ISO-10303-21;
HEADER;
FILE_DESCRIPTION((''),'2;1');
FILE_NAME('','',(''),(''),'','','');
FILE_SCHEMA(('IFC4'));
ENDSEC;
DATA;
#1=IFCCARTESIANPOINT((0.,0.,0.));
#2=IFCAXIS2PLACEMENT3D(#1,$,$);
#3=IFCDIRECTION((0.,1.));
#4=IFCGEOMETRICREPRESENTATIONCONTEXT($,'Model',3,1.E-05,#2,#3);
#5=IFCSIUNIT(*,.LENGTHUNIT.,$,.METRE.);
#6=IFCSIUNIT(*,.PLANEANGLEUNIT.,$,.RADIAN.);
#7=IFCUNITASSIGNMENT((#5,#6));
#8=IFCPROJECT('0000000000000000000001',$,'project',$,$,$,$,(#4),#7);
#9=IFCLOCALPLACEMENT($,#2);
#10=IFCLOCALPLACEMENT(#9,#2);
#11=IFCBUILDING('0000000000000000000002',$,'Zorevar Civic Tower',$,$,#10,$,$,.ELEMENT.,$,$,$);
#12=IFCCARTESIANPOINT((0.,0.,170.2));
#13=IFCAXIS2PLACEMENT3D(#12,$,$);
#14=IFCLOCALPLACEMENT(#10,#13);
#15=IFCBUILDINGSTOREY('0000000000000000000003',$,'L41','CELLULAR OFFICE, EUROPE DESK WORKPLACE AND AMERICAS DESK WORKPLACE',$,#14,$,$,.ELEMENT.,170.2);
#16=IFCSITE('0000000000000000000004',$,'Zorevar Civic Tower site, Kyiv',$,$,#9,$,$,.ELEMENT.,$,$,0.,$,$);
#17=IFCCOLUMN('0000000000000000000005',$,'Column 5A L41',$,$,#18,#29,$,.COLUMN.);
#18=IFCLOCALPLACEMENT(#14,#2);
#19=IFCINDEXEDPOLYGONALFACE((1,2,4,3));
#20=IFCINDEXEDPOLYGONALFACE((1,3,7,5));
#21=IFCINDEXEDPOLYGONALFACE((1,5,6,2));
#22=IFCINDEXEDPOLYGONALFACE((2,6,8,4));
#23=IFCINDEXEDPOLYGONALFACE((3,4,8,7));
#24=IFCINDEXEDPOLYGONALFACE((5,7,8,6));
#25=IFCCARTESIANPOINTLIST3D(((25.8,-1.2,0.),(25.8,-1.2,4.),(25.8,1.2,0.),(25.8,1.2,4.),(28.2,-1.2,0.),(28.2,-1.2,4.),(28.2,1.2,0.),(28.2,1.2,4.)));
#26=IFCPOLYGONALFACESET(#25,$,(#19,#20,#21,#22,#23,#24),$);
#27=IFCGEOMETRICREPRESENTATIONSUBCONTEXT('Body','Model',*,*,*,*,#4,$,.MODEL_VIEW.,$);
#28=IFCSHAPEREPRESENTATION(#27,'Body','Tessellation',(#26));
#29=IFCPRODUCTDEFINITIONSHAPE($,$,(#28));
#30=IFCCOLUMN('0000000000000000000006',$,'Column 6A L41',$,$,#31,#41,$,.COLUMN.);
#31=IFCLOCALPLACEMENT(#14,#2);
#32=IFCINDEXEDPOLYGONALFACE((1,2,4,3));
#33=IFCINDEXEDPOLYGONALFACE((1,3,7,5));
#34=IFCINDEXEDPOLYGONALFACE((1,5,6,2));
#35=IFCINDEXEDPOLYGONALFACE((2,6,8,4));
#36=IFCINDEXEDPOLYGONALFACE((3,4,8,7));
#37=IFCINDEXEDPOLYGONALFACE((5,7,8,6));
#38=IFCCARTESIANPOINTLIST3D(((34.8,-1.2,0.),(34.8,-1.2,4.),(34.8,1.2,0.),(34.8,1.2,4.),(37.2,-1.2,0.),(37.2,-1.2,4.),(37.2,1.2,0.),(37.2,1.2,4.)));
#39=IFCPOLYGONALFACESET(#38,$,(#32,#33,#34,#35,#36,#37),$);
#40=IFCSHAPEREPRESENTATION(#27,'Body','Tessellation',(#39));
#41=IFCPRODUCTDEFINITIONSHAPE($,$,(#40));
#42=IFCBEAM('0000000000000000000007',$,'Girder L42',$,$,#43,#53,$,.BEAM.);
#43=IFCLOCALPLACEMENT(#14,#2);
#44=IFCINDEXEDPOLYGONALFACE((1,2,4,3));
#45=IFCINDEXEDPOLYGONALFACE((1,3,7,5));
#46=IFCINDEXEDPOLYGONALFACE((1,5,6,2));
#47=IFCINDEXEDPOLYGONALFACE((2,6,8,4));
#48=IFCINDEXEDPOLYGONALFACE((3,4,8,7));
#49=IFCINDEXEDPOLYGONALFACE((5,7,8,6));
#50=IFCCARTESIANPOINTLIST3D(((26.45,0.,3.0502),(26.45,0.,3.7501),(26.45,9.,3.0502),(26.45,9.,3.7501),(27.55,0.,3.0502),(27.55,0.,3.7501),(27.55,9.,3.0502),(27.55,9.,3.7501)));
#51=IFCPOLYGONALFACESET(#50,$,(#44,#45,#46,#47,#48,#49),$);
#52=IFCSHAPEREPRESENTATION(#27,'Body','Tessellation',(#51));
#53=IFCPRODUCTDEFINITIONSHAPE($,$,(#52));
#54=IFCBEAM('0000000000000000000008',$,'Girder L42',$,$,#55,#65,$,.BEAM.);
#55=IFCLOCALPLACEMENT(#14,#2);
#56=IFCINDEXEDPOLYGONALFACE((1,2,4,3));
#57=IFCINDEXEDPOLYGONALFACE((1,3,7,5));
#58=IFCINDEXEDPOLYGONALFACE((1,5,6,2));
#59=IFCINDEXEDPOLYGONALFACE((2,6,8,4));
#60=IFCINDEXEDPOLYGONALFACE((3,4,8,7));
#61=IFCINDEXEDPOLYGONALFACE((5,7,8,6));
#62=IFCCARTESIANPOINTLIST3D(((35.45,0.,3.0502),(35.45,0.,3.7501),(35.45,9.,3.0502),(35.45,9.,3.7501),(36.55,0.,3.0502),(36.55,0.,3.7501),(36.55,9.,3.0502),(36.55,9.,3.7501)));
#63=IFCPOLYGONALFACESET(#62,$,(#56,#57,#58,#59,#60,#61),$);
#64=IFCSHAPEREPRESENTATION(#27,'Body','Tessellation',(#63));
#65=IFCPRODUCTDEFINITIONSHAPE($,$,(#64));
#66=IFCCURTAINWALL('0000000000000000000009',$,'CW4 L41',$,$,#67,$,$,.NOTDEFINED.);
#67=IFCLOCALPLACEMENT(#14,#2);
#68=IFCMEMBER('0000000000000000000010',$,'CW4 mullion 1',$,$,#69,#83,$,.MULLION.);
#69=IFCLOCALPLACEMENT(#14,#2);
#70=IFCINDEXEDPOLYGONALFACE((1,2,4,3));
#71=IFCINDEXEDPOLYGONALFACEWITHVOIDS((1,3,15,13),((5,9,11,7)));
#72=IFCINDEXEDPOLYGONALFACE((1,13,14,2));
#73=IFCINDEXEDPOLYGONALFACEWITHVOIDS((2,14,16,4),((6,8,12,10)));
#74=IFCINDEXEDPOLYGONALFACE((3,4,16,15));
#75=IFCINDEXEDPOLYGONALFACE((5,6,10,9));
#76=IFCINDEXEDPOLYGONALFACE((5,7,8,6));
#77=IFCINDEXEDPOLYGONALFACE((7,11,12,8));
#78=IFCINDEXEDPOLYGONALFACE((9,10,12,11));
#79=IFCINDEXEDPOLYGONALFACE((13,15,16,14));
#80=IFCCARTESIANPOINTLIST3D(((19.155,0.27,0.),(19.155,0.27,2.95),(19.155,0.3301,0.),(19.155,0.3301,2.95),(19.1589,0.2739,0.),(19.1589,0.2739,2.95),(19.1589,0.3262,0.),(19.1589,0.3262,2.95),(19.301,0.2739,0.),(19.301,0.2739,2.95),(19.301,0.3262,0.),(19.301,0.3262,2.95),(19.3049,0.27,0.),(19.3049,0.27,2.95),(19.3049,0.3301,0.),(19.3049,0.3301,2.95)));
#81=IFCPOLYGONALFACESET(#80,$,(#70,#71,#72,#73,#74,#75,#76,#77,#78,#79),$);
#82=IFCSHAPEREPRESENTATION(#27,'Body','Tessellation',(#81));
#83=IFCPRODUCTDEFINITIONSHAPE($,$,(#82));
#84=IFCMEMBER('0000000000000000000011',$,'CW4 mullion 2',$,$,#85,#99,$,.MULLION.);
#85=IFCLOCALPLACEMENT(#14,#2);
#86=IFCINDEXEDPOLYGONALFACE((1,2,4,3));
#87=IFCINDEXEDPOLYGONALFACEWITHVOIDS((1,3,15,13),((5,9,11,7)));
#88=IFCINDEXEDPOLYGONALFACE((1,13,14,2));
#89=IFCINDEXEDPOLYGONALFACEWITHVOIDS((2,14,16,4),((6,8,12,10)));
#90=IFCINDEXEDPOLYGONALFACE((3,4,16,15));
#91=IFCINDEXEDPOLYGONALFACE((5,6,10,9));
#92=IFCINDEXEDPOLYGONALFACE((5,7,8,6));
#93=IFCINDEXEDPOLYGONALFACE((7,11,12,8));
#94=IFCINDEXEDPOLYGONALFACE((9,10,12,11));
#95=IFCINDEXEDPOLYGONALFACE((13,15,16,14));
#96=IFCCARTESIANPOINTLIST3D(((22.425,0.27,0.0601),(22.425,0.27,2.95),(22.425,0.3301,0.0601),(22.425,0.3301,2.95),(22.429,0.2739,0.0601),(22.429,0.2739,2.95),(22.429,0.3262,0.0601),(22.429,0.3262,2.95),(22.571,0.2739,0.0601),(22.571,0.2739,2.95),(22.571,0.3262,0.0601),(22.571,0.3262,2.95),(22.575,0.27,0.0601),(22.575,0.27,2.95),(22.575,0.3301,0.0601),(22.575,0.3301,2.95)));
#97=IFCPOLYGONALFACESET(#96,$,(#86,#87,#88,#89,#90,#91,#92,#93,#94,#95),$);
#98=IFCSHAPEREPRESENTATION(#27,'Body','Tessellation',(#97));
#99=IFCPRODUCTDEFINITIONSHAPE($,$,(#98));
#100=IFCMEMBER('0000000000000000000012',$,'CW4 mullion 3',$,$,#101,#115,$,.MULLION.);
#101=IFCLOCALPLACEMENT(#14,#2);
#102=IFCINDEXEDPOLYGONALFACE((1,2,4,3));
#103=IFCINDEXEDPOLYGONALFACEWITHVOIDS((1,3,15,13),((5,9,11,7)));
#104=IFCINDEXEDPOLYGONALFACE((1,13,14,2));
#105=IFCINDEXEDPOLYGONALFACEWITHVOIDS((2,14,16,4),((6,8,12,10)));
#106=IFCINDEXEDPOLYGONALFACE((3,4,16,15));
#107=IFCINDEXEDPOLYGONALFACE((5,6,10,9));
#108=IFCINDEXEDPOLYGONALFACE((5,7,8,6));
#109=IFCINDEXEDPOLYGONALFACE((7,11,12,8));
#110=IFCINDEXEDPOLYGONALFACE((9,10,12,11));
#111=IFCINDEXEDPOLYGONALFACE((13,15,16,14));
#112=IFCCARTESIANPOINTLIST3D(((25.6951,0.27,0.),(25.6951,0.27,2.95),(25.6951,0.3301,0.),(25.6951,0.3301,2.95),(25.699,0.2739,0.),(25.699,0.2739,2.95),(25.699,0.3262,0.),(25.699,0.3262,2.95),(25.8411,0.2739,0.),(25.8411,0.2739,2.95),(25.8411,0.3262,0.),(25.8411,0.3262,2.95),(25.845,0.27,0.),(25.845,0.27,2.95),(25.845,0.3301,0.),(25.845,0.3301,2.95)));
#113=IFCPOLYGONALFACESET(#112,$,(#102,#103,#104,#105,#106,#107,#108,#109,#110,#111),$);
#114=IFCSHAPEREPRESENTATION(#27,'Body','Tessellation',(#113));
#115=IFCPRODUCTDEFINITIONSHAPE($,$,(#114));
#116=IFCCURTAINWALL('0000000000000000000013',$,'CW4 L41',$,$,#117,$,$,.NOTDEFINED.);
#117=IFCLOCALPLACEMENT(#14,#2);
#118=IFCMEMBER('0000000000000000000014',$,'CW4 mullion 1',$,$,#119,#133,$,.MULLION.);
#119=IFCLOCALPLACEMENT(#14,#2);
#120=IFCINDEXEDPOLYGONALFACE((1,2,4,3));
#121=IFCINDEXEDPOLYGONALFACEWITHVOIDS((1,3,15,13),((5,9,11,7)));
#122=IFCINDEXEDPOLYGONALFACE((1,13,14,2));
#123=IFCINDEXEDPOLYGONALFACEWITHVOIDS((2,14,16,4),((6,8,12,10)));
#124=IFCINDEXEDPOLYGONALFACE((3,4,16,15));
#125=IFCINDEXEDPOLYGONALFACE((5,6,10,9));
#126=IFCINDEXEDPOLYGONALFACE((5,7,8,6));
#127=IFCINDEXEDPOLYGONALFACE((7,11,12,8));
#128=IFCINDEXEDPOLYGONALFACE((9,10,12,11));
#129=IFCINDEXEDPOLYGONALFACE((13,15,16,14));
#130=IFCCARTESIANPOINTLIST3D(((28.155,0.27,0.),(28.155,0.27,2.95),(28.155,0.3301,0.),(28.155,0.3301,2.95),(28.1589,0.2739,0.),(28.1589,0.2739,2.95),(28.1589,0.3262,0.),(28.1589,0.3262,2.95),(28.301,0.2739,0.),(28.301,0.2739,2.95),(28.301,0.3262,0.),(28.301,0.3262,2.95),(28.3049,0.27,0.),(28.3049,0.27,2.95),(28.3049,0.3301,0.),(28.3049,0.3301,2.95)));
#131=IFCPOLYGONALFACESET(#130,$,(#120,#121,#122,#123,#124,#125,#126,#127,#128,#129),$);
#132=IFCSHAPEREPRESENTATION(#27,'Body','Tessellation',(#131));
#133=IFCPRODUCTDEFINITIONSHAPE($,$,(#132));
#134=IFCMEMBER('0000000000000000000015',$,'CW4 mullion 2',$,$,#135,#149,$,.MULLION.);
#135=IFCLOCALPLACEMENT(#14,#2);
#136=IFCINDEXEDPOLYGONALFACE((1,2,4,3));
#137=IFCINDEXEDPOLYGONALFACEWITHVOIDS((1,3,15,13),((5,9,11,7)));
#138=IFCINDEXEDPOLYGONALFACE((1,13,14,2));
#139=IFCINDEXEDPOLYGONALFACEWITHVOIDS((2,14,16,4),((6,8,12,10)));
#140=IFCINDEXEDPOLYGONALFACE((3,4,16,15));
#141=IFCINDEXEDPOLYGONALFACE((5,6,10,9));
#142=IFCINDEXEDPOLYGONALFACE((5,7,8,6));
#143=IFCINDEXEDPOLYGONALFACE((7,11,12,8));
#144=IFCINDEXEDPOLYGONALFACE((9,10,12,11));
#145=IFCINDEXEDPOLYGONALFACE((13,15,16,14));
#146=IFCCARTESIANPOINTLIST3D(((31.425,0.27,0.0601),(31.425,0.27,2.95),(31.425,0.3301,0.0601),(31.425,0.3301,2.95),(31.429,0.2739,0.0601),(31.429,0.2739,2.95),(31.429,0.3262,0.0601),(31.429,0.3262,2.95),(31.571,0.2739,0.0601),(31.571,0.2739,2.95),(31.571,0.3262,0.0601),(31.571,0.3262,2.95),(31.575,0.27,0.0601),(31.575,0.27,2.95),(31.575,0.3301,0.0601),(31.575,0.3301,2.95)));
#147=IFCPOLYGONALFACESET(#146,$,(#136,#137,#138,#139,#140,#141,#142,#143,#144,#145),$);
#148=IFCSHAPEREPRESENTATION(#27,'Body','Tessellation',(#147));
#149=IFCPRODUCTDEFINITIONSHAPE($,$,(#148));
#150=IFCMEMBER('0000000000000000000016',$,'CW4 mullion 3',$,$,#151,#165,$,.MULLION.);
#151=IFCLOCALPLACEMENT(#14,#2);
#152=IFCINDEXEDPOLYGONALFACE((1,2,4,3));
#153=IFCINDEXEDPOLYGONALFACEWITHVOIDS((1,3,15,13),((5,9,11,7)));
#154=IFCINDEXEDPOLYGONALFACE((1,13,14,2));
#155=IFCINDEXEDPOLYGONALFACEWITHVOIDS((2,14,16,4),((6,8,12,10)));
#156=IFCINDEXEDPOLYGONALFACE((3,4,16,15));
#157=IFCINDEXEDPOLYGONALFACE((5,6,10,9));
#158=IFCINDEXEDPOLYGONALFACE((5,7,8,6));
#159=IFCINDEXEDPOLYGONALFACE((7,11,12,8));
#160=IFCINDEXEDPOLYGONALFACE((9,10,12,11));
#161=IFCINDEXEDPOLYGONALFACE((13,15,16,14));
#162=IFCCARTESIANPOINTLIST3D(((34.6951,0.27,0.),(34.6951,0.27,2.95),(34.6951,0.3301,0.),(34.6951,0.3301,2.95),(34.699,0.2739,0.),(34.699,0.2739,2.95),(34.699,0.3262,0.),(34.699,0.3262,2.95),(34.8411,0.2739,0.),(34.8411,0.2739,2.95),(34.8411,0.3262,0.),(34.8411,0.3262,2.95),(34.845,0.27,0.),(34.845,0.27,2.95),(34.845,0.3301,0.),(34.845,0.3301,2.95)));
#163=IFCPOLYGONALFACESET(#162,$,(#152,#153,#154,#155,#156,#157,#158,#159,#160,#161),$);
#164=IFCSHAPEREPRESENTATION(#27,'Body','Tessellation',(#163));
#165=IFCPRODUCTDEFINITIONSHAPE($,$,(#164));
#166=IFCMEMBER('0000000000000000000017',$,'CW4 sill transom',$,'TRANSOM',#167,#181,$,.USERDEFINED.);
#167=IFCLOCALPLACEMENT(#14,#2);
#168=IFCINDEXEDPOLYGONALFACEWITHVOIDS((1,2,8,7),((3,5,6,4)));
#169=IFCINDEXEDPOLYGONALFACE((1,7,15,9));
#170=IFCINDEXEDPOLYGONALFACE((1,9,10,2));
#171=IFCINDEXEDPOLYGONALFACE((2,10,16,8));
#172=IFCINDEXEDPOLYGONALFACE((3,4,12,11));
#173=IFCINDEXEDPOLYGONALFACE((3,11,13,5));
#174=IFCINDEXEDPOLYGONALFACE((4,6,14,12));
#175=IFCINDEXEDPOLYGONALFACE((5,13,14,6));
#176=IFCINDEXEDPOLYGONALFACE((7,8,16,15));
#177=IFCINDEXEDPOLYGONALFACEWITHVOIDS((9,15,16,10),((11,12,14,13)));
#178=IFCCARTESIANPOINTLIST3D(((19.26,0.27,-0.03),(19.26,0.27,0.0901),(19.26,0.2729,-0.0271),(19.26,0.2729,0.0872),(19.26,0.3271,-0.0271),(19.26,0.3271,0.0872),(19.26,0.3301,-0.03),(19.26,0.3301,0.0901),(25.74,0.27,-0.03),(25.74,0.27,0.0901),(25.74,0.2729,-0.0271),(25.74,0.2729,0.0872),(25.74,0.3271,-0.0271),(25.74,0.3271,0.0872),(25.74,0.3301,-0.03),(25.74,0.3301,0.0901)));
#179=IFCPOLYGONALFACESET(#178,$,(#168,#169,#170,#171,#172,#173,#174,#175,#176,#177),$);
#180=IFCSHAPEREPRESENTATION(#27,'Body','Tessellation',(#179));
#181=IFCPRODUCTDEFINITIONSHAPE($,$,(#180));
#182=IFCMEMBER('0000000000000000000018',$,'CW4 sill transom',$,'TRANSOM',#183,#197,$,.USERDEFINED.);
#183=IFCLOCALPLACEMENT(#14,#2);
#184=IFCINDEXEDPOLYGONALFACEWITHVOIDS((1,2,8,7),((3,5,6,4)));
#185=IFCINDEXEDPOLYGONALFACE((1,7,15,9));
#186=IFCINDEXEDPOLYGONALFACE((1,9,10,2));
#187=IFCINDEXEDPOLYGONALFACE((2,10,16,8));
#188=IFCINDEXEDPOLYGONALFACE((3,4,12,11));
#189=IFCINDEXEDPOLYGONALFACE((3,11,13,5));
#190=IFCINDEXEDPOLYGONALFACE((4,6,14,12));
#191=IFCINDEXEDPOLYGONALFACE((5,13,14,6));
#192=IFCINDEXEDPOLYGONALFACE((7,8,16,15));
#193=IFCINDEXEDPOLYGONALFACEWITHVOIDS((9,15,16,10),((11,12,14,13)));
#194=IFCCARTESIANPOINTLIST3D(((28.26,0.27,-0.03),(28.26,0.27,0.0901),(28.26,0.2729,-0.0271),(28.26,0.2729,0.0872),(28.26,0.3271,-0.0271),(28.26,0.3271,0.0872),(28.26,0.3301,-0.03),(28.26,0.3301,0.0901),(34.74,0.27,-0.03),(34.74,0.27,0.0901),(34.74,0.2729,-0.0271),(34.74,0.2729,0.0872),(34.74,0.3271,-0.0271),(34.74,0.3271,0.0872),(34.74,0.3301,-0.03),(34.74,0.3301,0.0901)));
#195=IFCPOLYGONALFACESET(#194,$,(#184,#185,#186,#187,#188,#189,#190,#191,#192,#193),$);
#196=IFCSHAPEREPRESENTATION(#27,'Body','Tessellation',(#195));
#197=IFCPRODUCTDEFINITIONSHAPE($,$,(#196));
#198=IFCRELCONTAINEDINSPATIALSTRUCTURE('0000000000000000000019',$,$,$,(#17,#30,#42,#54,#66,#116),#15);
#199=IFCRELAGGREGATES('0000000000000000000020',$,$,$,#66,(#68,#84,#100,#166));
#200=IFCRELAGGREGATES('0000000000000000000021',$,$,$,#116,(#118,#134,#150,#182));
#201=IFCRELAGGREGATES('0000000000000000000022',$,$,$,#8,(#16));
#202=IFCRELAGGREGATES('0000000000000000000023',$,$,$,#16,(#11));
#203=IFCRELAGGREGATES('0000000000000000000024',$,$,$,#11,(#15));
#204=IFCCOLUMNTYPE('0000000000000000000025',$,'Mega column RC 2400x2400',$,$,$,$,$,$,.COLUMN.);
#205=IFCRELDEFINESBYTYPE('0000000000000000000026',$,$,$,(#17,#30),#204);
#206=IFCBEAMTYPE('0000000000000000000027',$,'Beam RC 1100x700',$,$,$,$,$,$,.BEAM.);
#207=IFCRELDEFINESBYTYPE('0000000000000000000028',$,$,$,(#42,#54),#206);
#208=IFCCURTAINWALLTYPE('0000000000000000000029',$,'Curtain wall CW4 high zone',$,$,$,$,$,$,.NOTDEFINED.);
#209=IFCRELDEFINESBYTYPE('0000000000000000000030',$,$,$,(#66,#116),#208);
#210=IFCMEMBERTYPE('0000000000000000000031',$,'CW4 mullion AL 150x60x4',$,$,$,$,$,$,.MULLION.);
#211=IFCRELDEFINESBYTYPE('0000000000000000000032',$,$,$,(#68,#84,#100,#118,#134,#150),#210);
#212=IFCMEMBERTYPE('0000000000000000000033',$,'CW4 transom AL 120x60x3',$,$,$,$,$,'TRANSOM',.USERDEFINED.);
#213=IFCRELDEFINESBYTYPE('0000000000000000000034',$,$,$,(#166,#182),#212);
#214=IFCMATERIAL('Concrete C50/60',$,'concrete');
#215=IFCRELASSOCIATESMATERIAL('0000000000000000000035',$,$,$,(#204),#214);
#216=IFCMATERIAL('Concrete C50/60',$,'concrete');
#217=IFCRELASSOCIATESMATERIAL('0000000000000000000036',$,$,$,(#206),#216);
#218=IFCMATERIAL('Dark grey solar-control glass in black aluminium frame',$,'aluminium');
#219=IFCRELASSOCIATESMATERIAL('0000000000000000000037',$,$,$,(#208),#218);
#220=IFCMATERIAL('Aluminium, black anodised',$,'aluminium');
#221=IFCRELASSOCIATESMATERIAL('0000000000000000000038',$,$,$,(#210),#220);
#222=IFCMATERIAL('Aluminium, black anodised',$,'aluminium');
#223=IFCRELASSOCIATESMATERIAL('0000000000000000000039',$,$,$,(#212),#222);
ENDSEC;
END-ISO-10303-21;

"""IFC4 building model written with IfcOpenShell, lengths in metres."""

from ifc_helpers import new_model, si_unit, direction, frame, origin, origin_2d, place, context, subcontext, project, spatial, rectangle, hollow_rectangle, extrude, material, material_profile, profile_set, type_object, element, aggregate, save


model = new_model("IFC4")

# Units and contexts
model_context = context("Model", 3, precision=1e-05, world=origin(), true_north=direction((0.0, 1.0)))
body_context = subcontext(model_context, "Body", "Model", "MODEL_VIEW")
ifc_project = project(units=[si_unit("LENGTHUNIT", "METRE"), si_unit("PLANEANGLEUNIT", "RADIAN")], contexts=[model_context])

# Site, building, storey
site_placement = place(None, origin())
site = spatial("IfcSite", under=ifc_project, at=site_placement, Name="Zorevar Civic Tower site, Kyiv", CompositionType="ELEMENT", RefElevation=0.0)
building_placement = place(site_placement, origin())
building = spatial("IfcBuilding", under=site, at=building_placement, Name="Zorevar Civic Tower", CompositionType="ELEMENT")
storey_placement = place(building_placement, frame((0.0, 0.0, 170.2)))
storey = spatial("IfcBuildingStorey", under=building, at=storey_placement, Name="L41", Description="CELLULAR OFFICE, EUROPE DESK WORKPLACE AND AMERICAS DESK WORKPLACE", CompositionType="ELEMENT", Elevation=170.2)

# Columns
ifc_material_1 = material(Name="Concrete C50/60", Category="concrete")
ifc_material_profile_1 = material_profile(ifc_material_1, rectangle(XDim=2.3999, YDim=2.3999, at=origin_2d()), Name="RC 2400x2400")
ifc_profile_set_1 = profile_set([ifc_material_profile_1], Name="Concrete C50/60")
column_type = type_object("IfcColumnType", Name="Mega column RC 2400x2400", PredefinedType="COLUMN", material=ifc_profile_set_1)
for number, where, z_axis, x_axis, name in (
    (1, (27.0, 0.0, 0.0), (0.0, 0.0, 1.0), (1.0, 0.0, 0.0), "Column 5A L41"),
    (2, (36.0, 0.0, 0.0), (0.0, 0.0, 1.0), (1.0, 0.0, 0.0), "Column 6A L41"),
):
    element("IfcColumn", number, at=place(storey_placement, frame(where, z_axis=z_axis, x_axis=x_axis)), inside=storey, type_object=column_type, Name=name, PredefinedType="COLUMN", context=body_context, shape_type="SweptSolid", body=[
        extrude(rectangle(XDim=2.3999, YDim=2.3999, at=origin_2d()), origin(), (0.0, 0.0, 1.0), 4.0),
    ])

# Beams
ifc_material_2 = material(Name="Concrete C50/60", Category="concrete")
ifc_material_profile_2 = material_profile(ifc_material_2, rectangle(XDim=1.1001, YDim=0.7, at=origin_2d()), Name="RC 1100x700")
ifc_profile_set_2 = profile_set([ifc_material_profile_2], Name="Concrete C50/60")
beam_type_1 = type_object("IfcBeamType", Name="Beam RC 1100x700", PredefinedType="BEAM", material=ifc_profile_set_2)
for number, where, z_axis, x_axis, name in (
    (3, (27.0, 0.0, 3.4001), (0.0, 1.0, 0.0), (-1.0, 0.0, 0.0), "Girder L42"),
    (4, (36.0, 0.0, 3.4001), (0.0, 1.0, 0.0), (-1.0, 0.0, 0.0), "Girder L42"),
):
    element("IfcBeam", number, at=place(storey_placement, frame(where, z_axis=z_axis, x_axis=x_axis)), inside=storey, type_object=beam_type_1, Name=name, PredefinedType="BEAM", context=body_context, shape_type="SweptSolid", body=[
        extrude(rectangle(XDim=1.1001, YDim=0.7, at=origin_2d()), origin(), (0.0, 0.0, 1.0), 9.0),
    ])

# Curtain walls, members
ifc_material_3 = material(Name="Dark grey solar-control glass in black aluminium frame", Category="aluminium")
curtain_wall_type = type_object("IfcCurtainWallType", Name="Curtain wall CW4 high zone", PredefinedType="NOTDEFINED", material=ifc_material_3)
curtain_wall_1_placement = place(storey_placement, origin())
curtain_wall_1 = element("IfcCurtainWall", 5, at=curtain_wall_1_placement, inside=storey, type_object=curtain_wall_type, Name="CW4 L41", PredefinedType="NOTDEFINED")
ifc_material_4 = material(Name="Aluminium, black anodised", Category="aluminium")
ifc_material_profile_3 = material_profile(ifc_material_4, hollow_rectangle(XDim=0.0601, YDim=0.1499, WallThickness=0.0039, at=origin_2d()), Name="AL 150x60x4")
ifc_profile_set_3 = profile_set([ifc_material_profile_3], Name="Aluminium, black anodised")
member_type_1 = type_object("IfcMemberType", Name="CW4 mullion AL 150x60x4", PredefinedType="MULLION", material=ifc_profile_set_3)
member_1_placement = place(storey_placement, frame((19.23, 0.3, 0.0), z_axis=(0.0, 0.0, 1.0), x_axis=(0.0, 1.0, 0.0)))
member_1 = element("IfcMember", 6, at=member_1_placement, type_object=member_type_1, Name="CW4 mullion 1", PredefinedType="MULLION", context=body_context, shape_type="SweptSolid", body=[
    extrude(hollow_rectangle(XDim=0.0601, YDim=0.1499, WallThickness=0.0039, at=origin_2d()), origin(), (0.0, 0.0, 1.0), 2.95),
])
member_2_placement = place(storey_placement, frame((22.5, 0.3, 0.0601), z_axis=(0.0, 0.0, 1.0), x_axis=(0.0, 1.0, 0.0)))
member_2 = element("IfcMember", 7, at=member_2_placement, type_object=member_type_1, Name="CW4 mullion 2", PredefinedType="MULLION", context=body_context, shape_type="SweptSolid", body=[
    extrude(hollow_rectangle(XDim=0.0601, YDim=0.1499, WallThickness=0.0039, at=origin_2d()), origin(), (0.0, 0.0, 1.0), 2.8899),
])
member_3_placement = place(storey_placement, frame((25.77, 0.3, 0.0), z_axis=(0.0, 0.0, 1.0), x_axis=(0.0, 1.0, 0.0)))
member_3 = element("IfcMember", 8, at=member_3_placement, type_object=member_type_1, Name="CW4 mullion 3", PredefinedType="MULLION", context=body_context, shape_type="SweptSolid", body=[
    extrude(hollow_rectangle(XDim=0.0601, YDim=0.1499, WallThickness=0.0039, at=origin_2d()), origin(), (0.0, 0.0, 1.0), 2.95),
])
curtain_wall_2_placement = place(storey_placement, origin())
curtain_wall_2 = element("IfcCurtainWall", 9, at=curtain_wall_2_placement, inside=storey, type_object=curtain_wall_type, Name="CW4 L41", PredefinedType="NOTDEFINED")
member_4_placement = place(storey_placement, frame((28.23, 0.3, 0.0), z_axis=(0.0, 0.0, 1.0), x_axis=(0.0, 1.0, 0.0)))
member_4 = element("IfcMember", 10, at=member_4_placement, type_object=member_type_1, Name="CW4 mullion 1", PredefinedType="MULLION", context=body_context, shape_type="SweptSolid", body=[
    extrude(hollow_rectangle(XDim=0.0601, YDim=0.1499, WallThickness=0.0039, at=origin_2d()), origin(), (0.0, 0.0, 1.0), 2.95),
])
member_5_placement = place(storey_placement, frame((31.5, 0.3, 0.0601), z_axis=(0.0, 0.0, 1.0), x_axis=(0.0, 1.0, 0.0)))
member_5 = element("IfcMember", 11, at=member_5_placement, type_object=member_type_1, Name="CW4 mullion 2", PredefinedType="MULLION", context=body_context, shape_type="SweptSolid", body=[
    extrude(hollow_rectangle(XDim=0.0601, YDim=0.1499, WallThickness=0.0039, at=origin_2d()), origin(), (0.0, 0.0, 1.0), 2.8899),
])
member_6_placement = place(storey_placement, frame((34.77, 0.3, 0.0), z_axis=(0.0, 0.0, 1.0), x_axis=(0.0, 1.0, 0.0)))
member_6 = element("IfcMember", 12, at=member_6_placement, type_object=member_type_1, Name="CW4 mullion 3", PredefinedType="MULLION", context=body_context, shape_type="SweptSolid", body=[
    extrude(hollow_rectangle(XDim=0.0601, YDim=0.1499, WallThickness=0.0039, at=origin_2d()), origin(), (0.0, 0.0, 1.0), 2.95),
])

# Members
ifc_material_5 = material(Name="Aluminium, black anodised", Category="aluminium")
ifc_material_profile_4 = material_profile(ifc_material_5, hollow_rectangle(XDim=0.0601, YDim=0.1201, WallThickness=0.0029, at=origin_2d()), Name="AL 120x60x3")
ifc_profile_set_4 = profile_set([ifc_material_profile_4], Name="Aluminium, black anodised")
member_type_2 = type_object("IfcMemberType", Name="CW4 transom AL 120x60x3", ElementType="TRANSOM", PredefinedType="USERDEFINED", material=ifc_profile_set_4)
member_7_placement = place(storey_placement, frame((19.26, 0.3, 0.03), z_axis=(1.0, 0.0, 0.0), x_axis=(0.0, 1.0, 0.0)))
member_7 = element("IfcMember", 13, at=member_7_placement, type_object=member_type_2, Name="CW4 sill transom", ObjectType="TRANSOM", PredefinedType="USERDEFINED", context=body_context, shape_type="SweptSolid", body=[
    extrude(hollow_rectangle(XDim=0.0601, YDim=0.1201, WallThickness=0.0029, at=origin_2d()), origin(), (0.0, 0.0, 1.0), 6.48),
])
member_8_placement = place(storey_placement, frame((28.26, 0.3, 0.03), z_axis=(1.0, 0.0, 0.0), x_axis=(0.0, 1.0, 0.0)))
member_8 = element("IfcMember", 14, at=member_8_placement, type_object=member_type_2, Name="CW4 sill transom", ObjectType="TRANSOM", PredefinedType="USERDEFINED", context=body_context, shape_type="SweptSolid", body=[
    extrude(hollow_rectangle(XDim=0.0601, YDim=0.1201, WallThickness=0.0029, at=origin_2d()), origin(), (0.0, 0.0, 1.0), 6.48),
])

aggregate(curtain_wall_1, [member_1, member_2, member_3, member_7])
aggregate(curtain_wall_2, [member_4, member_5, member_6, member_8])

save(model, "model.ifc")
